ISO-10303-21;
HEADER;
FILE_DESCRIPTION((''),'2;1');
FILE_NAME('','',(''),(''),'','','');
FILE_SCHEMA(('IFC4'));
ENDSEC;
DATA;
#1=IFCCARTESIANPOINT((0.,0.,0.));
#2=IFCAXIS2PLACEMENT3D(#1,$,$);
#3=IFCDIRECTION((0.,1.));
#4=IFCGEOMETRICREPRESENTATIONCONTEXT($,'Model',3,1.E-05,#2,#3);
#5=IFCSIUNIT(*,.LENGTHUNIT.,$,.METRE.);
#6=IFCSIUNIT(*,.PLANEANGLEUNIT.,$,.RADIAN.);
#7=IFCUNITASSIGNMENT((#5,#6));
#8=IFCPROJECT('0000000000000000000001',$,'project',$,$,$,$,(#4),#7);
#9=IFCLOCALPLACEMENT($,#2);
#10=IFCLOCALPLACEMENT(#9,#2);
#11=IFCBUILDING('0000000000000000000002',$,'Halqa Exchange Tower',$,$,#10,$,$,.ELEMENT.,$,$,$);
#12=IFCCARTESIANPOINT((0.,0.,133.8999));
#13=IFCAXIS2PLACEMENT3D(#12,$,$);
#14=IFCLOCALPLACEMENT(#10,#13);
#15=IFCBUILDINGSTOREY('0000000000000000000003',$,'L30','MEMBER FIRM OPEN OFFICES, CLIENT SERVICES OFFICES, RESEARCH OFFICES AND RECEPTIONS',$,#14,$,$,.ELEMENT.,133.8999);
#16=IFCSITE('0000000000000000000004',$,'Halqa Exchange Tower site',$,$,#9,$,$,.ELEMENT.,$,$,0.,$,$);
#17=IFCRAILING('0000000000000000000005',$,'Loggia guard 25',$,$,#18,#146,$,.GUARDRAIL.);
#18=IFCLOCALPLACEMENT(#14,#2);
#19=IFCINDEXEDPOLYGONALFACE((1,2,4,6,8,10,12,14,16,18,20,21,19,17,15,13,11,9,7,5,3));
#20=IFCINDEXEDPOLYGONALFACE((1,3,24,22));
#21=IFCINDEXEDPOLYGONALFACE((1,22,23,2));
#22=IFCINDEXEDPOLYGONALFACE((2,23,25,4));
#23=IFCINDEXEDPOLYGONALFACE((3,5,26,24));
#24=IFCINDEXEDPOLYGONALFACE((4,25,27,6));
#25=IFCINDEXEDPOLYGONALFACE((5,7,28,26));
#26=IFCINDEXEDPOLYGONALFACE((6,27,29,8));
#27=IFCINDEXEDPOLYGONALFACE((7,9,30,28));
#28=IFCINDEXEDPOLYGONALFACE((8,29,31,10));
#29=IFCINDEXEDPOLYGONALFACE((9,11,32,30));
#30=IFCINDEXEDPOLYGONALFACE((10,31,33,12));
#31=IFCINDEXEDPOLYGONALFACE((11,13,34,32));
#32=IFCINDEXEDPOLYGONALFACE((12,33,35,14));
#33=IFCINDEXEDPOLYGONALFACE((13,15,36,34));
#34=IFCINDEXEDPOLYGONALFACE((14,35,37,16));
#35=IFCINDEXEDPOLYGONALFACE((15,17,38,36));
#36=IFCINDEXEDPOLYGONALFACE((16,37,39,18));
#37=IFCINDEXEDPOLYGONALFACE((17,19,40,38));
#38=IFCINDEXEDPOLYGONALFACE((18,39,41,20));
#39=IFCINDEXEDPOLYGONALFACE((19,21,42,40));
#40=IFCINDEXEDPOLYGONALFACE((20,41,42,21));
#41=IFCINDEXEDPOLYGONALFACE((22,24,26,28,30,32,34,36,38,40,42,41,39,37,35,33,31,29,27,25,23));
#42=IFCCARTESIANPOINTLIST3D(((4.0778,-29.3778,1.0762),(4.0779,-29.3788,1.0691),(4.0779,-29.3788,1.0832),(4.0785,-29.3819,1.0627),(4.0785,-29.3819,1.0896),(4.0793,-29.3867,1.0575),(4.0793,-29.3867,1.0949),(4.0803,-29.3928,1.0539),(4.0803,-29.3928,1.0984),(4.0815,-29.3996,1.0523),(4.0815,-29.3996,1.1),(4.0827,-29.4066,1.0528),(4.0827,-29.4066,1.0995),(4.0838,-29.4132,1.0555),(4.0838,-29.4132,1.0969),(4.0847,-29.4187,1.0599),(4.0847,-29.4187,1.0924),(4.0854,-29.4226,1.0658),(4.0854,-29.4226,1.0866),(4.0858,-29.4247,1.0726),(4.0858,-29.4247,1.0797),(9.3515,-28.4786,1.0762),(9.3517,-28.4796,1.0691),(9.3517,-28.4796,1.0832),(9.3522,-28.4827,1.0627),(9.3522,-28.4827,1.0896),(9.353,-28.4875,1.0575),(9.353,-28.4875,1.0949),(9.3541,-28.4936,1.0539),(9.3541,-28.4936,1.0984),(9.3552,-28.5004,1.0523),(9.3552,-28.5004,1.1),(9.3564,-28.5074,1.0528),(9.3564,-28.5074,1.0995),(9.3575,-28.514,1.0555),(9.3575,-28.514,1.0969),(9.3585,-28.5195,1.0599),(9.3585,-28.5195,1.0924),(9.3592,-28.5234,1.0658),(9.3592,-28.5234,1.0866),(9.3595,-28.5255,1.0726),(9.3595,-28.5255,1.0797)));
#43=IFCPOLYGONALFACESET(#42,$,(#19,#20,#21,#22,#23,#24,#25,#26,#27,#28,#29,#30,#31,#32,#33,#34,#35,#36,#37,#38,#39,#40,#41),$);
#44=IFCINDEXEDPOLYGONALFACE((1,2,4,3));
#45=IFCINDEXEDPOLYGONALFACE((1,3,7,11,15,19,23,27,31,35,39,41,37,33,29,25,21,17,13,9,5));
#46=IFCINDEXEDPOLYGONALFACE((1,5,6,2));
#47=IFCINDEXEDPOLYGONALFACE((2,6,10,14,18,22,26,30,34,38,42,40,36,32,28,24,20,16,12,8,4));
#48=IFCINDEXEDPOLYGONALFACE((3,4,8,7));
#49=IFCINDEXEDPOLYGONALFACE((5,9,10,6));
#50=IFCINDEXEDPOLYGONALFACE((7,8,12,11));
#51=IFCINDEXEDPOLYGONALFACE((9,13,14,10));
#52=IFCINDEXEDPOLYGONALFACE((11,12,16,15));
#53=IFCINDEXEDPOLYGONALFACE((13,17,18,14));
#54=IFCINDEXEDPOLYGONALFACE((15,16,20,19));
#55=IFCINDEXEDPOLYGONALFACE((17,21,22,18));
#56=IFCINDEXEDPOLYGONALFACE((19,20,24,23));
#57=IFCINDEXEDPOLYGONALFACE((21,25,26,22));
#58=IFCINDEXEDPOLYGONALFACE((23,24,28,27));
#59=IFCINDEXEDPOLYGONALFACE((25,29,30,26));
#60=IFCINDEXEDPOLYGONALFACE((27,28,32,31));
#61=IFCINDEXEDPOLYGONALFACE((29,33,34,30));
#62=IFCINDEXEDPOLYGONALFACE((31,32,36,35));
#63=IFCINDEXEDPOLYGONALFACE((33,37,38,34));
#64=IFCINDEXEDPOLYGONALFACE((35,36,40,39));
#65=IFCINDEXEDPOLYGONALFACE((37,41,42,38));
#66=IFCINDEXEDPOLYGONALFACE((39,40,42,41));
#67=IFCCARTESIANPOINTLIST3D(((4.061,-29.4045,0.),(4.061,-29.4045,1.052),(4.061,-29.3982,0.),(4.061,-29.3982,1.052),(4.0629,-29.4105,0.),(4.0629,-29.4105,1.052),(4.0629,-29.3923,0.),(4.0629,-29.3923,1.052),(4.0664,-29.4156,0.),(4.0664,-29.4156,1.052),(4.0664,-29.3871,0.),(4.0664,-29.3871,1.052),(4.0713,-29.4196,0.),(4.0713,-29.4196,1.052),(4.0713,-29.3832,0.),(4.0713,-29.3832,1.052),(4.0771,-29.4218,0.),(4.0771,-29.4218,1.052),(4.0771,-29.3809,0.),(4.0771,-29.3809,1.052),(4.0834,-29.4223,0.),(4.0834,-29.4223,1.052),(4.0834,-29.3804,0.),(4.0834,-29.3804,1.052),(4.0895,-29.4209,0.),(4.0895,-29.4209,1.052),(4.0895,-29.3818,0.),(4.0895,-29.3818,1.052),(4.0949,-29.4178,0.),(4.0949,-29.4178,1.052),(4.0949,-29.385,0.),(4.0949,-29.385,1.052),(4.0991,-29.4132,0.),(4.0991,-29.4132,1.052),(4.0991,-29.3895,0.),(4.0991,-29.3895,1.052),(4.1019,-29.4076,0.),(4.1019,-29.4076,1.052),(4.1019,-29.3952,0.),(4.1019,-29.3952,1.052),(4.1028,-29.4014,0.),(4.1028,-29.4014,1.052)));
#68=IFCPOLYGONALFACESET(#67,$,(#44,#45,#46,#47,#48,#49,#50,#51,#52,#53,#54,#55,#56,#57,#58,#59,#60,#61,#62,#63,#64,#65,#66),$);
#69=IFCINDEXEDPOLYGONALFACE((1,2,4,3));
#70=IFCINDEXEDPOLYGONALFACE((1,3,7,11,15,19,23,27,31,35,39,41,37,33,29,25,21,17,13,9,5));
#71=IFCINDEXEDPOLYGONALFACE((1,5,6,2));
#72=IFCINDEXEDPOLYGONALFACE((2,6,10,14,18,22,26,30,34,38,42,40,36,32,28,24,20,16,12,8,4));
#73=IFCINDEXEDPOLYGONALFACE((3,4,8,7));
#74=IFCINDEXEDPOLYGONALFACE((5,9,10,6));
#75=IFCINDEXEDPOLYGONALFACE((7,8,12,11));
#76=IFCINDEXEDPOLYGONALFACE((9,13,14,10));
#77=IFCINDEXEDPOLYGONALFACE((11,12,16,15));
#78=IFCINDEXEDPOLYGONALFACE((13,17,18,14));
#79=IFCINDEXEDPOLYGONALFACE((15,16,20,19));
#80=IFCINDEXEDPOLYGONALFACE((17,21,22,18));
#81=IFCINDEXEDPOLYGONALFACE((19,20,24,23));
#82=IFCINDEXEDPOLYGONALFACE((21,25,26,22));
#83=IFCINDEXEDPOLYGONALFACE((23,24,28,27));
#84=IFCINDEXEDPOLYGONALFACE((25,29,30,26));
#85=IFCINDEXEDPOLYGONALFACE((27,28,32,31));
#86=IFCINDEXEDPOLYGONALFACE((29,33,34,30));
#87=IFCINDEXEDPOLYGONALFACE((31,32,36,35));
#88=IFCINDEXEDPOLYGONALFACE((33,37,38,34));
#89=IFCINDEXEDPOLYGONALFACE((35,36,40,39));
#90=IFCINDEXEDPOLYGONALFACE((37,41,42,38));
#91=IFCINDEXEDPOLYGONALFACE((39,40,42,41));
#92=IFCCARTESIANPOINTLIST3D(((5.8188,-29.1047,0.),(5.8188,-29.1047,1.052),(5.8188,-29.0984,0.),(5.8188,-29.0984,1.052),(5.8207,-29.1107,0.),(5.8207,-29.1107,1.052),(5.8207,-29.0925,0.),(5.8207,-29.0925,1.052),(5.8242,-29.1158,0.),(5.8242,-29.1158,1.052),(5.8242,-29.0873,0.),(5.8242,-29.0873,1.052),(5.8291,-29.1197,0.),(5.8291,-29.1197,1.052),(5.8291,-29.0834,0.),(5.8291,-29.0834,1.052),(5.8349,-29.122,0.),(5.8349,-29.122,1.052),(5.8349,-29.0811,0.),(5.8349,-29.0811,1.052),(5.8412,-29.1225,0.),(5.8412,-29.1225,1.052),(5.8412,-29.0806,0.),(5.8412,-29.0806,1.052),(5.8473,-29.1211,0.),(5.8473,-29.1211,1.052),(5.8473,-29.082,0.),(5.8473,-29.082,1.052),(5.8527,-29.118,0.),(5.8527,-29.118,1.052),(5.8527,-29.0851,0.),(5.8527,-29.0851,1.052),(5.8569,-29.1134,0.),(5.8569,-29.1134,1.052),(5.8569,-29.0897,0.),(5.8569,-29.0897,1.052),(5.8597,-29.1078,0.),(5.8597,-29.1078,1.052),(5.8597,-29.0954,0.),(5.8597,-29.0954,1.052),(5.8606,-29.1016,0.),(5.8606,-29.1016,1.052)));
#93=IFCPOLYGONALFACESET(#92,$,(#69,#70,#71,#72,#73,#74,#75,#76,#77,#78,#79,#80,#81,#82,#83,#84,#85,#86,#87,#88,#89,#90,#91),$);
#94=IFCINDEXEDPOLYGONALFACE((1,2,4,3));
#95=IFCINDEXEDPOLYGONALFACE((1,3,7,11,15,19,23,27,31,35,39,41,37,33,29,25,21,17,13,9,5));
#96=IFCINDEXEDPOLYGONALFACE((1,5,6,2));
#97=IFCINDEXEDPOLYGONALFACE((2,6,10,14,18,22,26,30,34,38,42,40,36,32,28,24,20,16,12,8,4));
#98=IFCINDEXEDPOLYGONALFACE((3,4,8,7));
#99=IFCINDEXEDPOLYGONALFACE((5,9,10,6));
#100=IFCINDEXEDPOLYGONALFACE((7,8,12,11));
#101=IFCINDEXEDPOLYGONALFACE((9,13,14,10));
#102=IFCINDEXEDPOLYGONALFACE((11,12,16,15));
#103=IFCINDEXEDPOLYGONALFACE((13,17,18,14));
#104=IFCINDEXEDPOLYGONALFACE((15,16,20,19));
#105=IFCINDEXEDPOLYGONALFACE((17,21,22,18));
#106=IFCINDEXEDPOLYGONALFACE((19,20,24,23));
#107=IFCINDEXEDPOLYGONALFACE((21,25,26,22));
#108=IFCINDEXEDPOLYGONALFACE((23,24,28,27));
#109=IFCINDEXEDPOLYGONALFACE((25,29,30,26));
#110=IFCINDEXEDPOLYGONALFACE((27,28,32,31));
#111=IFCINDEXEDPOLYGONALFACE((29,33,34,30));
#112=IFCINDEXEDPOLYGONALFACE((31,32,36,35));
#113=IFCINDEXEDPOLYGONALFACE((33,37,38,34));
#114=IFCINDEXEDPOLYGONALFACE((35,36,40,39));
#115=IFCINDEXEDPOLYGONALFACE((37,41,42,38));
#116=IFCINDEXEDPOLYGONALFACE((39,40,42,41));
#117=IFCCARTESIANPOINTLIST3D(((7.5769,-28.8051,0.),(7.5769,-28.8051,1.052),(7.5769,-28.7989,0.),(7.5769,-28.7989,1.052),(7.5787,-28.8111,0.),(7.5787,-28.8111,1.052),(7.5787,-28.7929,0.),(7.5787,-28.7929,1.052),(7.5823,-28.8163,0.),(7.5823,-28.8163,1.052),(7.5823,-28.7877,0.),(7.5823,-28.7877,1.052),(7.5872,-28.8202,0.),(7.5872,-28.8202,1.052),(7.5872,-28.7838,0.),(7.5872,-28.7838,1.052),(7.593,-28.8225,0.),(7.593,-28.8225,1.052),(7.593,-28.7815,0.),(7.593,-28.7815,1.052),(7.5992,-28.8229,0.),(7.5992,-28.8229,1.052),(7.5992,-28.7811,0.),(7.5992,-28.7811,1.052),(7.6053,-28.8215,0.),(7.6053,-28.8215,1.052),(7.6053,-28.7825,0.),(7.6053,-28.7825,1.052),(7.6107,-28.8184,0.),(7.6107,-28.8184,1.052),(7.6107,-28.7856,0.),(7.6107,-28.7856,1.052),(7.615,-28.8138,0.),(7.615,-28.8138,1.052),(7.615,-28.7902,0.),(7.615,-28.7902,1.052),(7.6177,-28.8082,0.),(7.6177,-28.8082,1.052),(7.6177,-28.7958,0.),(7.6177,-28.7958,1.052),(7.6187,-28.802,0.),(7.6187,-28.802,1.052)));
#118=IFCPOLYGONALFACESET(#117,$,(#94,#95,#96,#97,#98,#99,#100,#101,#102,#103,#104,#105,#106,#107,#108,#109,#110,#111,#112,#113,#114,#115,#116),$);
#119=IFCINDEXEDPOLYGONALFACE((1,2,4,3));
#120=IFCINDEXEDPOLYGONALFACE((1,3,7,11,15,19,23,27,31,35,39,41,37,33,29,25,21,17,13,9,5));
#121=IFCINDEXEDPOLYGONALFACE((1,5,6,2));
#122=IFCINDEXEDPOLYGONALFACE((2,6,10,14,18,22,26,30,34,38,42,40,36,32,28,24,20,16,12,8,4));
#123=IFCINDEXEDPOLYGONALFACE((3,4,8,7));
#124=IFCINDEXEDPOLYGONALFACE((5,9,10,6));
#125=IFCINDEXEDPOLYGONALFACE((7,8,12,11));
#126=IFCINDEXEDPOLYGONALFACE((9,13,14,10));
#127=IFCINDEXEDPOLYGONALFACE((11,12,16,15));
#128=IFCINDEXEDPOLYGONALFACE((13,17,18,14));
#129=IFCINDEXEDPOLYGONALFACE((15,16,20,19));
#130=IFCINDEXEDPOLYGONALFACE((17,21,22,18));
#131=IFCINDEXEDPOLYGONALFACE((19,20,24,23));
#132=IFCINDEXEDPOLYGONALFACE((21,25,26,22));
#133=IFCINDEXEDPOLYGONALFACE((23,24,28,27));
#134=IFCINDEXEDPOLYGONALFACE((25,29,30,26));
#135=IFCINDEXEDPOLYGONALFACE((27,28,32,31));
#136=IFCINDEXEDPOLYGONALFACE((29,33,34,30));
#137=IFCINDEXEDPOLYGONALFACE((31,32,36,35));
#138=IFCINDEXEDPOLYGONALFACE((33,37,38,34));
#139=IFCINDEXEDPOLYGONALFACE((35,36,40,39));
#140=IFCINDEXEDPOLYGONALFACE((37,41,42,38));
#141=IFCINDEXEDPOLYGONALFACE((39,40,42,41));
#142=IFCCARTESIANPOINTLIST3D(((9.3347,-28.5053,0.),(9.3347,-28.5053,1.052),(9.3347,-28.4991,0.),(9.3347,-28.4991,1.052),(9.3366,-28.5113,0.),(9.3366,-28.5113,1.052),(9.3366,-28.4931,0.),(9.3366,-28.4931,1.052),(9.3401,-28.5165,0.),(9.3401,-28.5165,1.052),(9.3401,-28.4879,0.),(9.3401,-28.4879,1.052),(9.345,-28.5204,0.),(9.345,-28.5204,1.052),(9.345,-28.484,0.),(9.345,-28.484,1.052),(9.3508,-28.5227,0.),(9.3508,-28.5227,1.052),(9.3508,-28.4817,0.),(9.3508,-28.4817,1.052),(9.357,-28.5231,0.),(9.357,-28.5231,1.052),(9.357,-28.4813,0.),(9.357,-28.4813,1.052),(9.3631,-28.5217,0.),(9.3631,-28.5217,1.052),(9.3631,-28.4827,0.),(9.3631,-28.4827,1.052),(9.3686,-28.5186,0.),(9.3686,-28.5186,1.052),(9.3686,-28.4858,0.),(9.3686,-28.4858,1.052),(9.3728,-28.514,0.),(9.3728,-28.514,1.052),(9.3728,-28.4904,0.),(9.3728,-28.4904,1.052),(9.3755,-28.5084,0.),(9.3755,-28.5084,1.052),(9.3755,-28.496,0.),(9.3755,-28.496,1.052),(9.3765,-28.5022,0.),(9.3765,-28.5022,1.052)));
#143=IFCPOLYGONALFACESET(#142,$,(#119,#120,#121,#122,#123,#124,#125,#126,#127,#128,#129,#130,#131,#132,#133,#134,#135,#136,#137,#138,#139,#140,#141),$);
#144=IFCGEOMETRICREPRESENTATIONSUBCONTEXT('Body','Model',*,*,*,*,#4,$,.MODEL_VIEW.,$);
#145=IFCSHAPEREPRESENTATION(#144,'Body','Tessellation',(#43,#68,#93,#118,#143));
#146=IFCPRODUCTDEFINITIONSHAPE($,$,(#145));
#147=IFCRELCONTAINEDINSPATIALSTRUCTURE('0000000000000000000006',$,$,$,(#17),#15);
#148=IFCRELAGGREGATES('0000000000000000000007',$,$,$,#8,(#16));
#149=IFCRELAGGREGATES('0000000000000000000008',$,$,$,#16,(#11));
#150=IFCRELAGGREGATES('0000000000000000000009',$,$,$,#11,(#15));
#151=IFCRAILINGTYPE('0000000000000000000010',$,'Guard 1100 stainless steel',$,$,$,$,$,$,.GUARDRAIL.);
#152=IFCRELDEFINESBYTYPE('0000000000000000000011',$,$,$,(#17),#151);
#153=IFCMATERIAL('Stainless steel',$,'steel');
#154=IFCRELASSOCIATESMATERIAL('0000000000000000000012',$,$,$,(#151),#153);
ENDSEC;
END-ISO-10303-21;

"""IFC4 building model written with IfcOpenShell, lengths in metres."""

from ifc_helpers import new_model, si_unit, direction, frame, origin, origin_2d, place, context, subcontext, project, spatial, circle, extrude, material, type_object, element, save


model = new_model("IFC4")

# Units and contexts
model_context = context("Model", 3, precision=1e-05, world=origin(), true_north=direction((0.0, 1.0)))
body_context = subcontext(model_context, "Body", "Model", "MODEL_VIEW")
ifc_project = project(units=[si_unit("LENGTHUNIT", "METRE"), si_unit("PLANEANGLEUNIT", "RADIAN")], contexts=[model_context])

# Site, building, storey
site_placement = place(None, origin())
site = spatial("IfcSite", under=ifc_project, at=site_placement, Name="Halqa Exchange Tower site", CompositionType="ELEMENT", RefElevation=0.0)
building_placement = place(site_placement, origin())
building = spatial("IfcBuilding", under=site, at=building_placement, Name="Halqa Exchange Tower", CompositionType="ELEMENT")
storey_placement = place(building_placement, frame((0.0, 0.0, 133.8999)))
storey = spatial("IfcBuildingStorey", under=building, at=storey_placement, Name="L30", Description="MEMBER FIRM OPEN OFFICES, CLIENT SERVICES OFFICES, RESEARCH OFFICES AND RECEPTIONS", CompositionType="ELEMENT", Elevation=133.8999)

# Railing
ifc_material_1 = material(Name="Stainless steel", Category="steel")
railing_type = type_object("IfcRailingType", Name="Guard 1100 stainless steel", PredefinedType="GUARDRAIL", material=ifc_material_1)
railing_1_placement = place(storey_placement, frame((4.0818, -29.4014, 0.0)))
element("IfcRailing", 1, at=railing_1_placement, inside=storey, type_object=railing_type, Name="Loggia guard 25", PredefinedType="GUARDRAIL", context=body_context, shape_type="SweptSolid", body=[
    extrude(circle(Radius=0.0239, at=origin_2d()), frame((0.0, 0.0, 1.0762), z_axis=(0.985774, 0.168076, 0.0), x_axis=(-0.168076, 0.985774, 0.0)), (0.0, 0.0, 1.0), 5.3499),
    extrude(circle(Radius=0.021, at=origin_2d()), origin(), (0.0, 0.0, 1.0), 1.052),
    extrude(circle(Radius=0.021, at=origin_2d()), frame((1.7578, 0.2998, 0.0)), (0.0, 0.0, 1.0), 1.052),
    extrude(circle(Radius=0.021, at=origin_2d()), frame((3.5159, 0.5994, 0.0)), (0.0, 0.0, 1.0), 1.052),
    extrude(circle(Radius=0.021, at=origin_2d()), frame((5.2737, 0.8992, 0.0)), (0.0, 0.0, 1.0), 1.052),
])

save(model, "model.ifc")
